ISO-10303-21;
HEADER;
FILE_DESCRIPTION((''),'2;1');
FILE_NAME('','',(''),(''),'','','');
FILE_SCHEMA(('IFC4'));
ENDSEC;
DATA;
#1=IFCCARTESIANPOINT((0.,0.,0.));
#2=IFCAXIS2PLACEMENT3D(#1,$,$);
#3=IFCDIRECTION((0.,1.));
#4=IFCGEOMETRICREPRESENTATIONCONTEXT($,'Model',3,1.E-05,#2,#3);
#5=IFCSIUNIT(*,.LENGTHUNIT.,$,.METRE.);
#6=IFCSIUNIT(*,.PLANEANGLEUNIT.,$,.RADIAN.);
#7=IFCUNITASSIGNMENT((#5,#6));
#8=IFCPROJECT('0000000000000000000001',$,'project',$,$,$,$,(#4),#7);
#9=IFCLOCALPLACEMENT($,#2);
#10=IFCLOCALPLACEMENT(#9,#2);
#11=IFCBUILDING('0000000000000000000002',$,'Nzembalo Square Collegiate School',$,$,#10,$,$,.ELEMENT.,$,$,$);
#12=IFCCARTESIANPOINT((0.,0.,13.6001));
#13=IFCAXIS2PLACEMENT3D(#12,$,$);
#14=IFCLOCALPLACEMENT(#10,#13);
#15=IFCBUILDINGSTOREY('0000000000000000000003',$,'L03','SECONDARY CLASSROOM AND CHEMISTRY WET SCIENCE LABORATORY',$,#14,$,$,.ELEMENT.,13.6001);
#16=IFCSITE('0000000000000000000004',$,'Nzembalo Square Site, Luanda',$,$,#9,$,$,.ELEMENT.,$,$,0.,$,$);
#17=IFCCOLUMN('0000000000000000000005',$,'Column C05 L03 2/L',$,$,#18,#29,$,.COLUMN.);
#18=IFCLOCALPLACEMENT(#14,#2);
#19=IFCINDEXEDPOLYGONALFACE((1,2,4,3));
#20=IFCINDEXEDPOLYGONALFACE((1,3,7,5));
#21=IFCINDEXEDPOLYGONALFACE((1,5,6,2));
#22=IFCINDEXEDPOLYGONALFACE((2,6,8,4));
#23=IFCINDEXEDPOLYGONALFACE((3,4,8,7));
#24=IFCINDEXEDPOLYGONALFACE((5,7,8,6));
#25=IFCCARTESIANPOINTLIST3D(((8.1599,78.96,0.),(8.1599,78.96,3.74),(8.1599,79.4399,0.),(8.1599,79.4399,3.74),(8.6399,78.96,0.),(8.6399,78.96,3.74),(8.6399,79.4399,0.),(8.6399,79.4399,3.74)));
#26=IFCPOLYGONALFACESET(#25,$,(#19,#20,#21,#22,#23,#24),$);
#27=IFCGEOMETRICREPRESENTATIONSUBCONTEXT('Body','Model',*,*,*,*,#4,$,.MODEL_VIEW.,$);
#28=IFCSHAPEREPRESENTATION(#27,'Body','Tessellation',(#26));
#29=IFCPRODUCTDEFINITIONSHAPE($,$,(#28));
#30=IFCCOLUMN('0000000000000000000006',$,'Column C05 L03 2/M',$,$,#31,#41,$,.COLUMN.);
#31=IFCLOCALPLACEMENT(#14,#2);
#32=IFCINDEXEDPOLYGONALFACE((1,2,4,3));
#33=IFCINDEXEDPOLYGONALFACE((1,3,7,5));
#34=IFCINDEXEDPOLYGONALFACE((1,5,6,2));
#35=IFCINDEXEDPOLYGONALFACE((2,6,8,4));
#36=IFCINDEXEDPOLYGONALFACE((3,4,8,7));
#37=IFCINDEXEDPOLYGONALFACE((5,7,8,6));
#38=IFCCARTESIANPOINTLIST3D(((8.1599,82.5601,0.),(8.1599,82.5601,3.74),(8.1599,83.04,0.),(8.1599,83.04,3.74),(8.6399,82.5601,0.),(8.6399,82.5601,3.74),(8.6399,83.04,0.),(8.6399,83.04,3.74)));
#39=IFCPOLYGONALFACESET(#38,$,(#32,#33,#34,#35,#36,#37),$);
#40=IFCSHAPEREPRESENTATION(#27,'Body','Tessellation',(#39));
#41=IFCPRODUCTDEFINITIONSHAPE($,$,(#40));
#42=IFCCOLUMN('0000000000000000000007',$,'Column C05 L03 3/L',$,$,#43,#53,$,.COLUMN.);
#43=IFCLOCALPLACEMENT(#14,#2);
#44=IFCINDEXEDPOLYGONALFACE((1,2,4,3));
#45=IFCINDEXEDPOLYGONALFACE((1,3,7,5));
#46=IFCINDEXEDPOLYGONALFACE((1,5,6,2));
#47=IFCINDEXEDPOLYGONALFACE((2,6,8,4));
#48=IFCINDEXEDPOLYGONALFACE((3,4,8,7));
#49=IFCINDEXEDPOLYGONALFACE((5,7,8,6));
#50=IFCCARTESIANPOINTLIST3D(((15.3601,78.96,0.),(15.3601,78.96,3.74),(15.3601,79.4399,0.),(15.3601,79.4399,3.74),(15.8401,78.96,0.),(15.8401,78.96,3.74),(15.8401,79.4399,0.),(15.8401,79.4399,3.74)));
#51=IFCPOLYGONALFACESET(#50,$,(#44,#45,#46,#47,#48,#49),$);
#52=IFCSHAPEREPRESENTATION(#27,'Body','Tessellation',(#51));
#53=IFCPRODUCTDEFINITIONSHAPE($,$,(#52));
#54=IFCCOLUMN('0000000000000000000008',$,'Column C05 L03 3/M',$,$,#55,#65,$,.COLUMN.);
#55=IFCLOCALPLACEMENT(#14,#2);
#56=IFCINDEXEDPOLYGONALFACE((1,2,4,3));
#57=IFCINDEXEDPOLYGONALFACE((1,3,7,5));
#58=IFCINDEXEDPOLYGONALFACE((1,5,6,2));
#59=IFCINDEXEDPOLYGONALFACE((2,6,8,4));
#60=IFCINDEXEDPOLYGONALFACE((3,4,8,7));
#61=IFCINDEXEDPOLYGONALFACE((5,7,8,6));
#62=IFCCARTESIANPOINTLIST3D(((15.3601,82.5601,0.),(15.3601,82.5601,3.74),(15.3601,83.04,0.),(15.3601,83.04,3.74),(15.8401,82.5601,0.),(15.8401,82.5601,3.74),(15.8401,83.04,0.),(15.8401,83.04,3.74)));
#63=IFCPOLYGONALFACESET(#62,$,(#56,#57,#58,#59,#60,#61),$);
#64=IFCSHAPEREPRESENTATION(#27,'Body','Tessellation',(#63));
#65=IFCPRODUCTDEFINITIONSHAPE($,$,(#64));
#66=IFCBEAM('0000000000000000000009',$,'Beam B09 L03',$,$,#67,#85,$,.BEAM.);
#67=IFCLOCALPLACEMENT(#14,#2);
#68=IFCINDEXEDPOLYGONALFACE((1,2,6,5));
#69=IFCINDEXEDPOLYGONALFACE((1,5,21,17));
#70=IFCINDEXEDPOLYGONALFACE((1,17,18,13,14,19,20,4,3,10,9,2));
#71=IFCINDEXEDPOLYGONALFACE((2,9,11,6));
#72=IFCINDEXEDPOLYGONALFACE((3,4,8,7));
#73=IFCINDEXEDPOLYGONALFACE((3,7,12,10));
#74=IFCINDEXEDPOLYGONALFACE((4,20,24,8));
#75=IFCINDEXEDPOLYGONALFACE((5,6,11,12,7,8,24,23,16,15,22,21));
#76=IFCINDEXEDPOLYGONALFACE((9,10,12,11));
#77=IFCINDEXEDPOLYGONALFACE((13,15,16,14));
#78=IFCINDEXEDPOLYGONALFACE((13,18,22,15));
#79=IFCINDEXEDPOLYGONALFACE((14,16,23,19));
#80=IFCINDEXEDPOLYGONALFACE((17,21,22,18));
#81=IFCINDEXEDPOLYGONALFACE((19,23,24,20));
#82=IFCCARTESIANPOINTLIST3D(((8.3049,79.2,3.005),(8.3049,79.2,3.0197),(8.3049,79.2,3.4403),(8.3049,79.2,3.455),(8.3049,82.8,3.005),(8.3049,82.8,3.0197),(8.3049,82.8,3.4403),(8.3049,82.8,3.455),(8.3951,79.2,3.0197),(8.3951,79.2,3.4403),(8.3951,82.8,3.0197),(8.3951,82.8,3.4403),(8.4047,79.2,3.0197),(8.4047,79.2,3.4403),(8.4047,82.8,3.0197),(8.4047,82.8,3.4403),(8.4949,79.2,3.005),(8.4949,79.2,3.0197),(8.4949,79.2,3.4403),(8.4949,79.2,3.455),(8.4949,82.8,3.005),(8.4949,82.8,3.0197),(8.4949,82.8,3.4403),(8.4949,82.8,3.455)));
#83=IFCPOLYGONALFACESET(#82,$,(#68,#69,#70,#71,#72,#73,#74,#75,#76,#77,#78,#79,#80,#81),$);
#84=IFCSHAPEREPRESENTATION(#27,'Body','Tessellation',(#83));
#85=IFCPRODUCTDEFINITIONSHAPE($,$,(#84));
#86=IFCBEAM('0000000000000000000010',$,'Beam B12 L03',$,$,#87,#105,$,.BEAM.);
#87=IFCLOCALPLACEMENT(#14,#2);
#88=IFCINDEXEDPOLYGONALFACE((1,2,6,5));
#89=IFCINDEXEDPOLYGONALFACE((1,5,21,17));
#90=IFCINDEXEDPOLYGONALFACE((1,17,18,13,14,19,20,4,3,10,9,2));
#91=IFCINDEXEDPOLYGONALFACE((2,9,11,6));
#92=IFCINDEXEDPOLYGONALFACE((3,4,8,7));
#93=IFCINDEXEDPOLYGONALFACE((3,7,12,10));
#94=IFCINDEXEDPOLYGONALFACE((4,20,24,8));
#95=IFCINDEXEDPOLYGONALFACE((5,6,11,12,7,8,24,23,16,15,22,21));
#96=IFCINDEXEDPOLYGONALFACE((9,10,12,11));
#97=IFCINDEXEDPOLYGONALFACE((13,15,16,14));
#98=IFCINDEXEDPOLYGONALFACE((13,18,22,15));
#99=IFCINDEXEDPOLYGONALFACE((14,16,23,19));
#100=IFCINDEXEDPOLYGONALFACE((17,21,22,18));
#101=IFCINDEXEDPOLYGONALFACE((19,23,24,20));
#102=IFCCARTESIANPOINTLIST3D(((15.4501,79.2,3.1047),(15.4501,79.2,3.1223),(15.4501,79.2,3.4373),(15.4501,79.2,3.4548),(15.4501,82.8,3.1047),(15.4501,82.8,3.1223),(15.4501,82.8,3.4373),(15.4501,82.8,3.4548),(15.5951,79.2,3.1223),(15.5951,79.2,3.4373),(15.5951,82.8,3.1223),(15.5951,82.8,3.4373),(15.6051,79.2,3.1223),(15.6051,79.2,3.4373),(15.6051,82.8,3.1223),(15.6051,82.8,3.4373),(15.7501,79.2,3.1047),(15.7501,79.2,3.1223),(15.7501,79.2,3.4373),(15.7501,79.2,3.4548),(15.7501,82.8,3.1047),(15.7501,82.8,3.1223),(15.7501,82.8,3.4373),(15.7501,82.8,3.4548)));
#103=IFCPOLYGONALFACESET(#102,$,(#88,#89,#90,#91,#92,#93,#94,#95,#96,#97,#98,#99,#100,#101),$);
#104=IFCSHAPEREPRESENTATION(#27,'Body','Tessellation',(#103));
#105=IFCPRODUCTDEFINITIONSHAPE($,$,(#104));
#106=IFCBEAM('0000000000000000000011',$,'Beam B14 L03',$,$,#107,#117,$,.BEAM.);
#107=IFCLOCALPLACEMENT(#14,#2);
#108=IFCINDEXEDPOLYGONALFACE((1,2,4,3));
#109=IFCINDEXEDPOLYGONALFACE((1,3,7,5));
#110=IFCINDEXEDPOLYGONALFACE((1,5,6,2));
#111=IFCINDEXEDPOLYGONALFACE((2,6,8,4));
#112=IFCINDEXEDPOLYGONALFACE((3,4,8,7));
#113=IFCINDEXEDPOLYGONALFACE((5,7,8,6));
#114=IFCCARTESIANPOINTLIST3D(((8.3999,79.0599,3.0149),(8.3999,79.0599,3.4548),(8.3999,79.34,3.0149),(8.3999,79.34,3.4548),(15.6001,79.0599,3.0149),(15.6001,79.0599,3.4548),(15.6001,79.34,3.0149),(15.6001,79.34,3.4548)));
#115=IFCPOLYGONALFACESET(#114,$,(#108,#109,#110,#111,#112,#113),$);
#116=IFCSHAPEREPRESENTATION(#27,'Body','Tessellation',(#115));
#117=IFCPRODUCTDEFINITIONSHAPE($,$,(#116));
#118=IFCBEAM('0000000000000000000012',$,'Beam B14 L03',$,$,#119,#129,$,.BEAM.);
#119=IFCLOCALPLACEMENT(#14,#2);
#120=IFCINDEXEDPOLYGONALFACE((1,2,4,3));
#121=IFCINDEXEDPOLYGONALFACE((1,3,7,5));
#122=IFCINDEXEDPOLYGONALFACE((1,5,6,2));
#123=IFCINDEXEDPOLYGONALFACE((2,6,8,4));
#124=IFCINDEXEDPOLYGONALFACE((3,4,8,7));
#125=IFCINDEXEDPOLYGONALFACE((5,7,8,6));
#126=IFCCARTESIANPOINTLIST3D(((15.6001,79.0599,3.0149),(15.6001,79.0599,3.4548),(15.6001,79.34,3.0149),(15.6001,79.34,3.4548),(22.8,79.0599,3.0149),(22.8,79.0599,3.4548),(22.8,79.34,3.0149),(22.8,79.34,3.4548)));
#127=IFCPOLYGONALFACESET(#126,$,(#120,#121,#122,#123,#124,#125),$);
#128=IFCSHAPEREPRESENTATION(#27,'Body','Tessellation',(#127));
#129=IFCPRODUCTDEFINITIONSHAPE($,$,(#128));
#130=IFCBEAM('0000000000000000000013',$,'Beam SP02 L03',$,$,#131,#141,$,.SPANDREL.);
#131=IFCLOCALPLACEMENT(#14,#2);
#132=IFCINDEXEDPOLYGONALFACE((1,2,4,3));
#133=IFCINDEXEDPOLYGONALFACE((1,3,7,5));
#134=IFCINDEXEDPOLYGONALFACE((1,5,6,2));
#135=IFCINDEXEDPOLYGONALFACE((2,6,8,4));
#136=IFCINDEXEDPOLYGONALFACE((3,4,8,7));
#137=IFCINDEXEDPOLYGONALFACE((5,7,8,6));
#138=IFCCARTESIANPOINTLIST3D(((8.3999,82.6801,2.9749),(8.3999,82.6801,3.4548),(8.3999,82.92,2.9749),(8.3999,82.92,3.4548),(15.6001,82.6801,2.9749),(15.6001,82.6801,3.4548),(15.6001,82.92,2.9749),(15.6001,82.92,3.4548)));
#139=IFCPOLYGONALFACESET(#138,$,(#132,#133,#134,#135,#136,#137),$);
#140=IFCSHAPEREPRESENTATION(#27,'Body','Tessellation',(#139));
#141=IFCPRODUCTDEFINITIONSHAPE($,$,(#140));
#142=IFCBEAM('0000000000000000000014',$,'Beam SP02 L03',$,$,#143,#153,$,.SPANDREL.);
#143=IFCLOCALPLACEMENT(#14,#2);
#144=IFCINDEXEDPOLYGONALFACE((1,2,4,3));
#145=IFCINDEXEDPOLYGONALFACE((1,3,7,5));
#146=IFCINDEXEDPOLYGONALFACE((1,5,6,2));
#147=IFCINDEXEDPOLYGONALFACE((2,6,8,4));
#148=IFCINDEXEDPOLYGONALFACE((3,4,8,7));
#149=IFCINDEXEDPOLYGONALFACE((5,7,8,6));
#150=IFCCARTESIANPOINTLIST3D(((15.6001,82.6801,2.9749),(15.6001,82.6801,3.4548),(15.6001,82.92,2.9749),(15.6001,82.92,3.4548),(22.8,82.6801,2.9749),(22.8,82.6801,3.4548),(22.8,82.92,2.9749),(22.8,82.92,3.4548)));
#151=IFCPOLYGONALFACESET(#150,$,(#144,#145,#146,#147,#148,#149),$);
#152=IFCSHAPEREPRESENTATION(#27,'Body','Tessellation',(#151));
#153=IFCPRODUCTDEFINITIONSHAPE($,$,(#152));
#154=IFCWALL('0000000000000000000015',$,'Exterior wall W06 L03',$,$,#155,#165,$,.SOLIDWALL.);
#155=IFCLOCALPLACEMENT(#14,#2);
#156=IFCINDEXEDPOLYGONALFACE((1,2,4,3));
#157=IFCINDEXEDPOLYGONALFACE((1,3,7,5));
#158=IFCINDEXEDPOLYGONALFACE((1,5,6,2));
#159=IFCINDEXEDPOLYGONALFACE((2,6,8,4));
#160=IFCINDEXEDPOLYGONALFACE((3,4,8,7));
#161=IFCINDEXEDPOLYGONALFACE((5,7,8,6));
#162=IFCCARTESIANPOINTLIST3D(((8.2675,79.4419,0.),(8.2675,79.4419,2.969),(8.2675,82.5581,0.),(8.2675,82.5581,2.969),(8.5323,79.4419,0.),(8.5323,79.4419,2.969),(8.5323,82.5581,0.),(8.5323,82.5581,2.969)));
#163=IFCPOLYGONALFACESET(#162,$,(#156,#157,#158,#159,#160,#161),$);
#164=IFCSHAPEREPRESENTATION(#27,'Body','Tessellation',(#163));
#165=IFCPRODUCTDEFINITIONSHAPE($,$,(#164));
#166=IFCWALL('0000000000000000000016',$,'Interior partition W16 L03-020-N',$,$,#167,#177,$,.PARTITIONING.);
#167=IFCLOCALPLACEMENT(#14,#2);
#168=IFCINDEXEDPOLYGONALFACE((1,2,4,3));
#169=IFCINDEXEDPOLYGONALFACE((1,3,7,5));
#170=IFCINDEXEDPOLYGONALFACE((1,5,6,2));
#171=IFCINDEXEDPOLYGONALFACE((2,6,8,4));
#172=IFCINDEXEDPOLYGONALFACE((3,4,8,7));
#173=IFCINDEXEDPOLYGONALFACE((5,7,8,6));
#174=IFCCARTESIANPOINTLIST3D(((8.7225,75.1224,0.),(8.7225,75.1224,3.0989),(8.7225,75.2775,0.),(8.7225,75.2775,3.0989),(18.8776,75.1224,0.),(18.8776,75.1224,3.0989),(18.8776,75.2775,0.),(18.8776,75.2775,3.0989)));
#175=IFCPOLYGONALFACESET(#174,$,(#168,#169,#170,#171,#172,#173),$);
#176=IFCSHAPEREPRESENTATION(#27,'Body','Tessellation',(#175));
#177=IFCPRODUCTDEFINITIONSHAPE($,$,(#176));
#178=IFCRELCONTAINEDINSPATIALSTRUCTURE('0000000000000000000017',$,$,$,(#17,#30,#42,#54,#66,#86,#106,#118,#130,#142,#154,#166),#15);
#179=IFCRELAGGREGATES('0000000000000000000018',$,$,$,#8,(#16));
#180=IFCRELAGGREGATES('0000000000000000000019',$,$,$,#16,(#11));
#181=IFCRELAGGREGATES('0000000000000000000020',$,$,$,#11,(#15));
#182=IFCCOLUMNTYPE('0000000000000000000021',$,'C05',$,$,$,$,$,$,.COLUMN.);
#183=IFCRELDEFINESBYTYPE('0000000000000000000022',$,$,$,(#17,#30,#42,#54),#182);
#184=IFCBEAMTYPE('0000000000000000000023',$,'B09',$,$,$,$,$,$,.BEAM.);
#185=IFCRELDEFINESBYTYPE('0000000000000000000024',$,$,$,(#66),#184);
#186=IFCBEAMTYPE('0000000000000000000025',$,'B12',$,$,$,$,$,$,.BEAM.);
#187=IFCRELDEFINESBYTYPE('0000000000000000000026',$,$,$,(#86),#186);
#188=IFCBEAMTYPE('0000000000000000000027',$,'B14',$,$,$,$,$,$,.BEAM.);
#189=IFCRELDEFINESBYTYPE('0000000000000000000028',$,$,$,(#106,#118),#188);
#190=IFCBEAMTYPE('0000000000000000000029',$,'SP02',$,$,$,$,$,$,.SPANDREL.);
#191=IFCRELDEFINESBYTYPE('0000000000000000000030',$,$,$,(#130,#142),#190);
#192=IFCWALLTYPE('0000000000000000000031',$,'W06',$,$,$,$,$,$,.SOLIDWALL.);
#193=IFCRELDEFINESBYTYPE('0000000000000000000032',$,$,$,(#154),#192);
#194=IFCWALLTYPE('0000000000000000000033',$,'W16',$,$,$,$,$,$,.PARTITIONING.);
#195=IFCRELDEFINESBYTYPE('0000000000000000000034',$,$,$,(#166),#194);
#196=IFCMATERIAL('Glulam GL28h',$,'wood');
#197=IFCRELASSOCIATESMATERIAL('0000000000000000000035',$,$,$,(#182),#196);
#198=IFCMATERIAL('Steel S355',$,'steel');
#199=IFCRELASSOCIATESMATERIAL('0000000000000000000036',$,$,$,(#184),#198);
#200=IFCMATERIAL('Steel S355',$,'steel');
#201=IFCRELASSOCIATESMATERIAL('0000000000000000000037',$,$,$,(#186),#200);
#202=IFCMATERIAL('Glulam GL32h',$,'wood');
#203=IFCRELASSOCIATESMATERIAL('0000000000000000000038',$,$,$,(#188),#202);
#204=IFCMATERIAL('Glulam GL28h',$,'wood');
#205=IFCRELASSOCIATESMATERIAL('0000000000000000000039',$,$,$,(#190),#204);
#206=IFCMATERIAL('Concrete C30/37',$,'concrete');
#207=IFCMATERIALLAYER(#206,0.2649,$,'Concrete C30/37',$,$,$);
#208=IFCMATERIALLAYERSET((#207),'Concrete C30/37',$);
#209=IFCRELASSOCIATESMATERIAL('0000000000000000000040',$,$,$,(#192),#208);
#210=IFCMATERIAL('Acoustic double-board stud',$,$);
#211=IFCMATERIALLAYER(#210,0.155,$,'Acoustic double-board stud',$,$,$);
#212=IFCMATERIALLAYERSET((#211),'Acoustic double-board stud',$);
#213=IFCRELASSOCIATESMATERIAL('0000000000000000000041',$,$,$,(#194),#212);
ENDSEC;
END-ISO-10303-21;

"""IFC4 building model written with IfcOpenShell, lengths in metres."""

from ifc_helpers import new_model, si_unit, direction, frame, frame_2d, origin, origin_2d, place, context, subcontext, project, spatial, rectangle, i_section, extrude, material, layer, layer_set, material_profile, profile_set, type_object, element, save


model = new_model("IFC4")

# Units and contexts
model_context = context("Model", 3, precision=1e-05, world=origin(), true_north=direction((0.0, 1.0)))
body_context = subcontext(model_context, "Body", "Model", "MODEL_VIEW")
ifc_project = project(units=[si_unit("LENGTHUNIT", "METRE"), si_unit("PLANEANGLEUNIT", "RADIAN")], contexts=[model_context])

# Site, building, storey
site_placement = place(None, origin())
site = spatial("IfcSite", under=ifc_project, at=site_placement, Name="Nzembalo Square Site, Luanda", CompositionType="ELEMENT", RefElevation=0.0)
building_placement = place(site_placement, origin())
building = spatial("IfcBuilding", under=site, at=building_placement, Name="Nzembalo Square Collegiate School", CompositionType="ELEMENT")
storey_placement = place(building_placement, frame((0.0, 0.0, 13.6001)))
storey = spatial("IfcBuildingStorey", under=building, at=storey_placement, Name="L03", Description="SECONDARY CLASSROOM AND CHEMISTRY WET SCIENCE LABORATORY", CompositionType="ELEMENT", Elevation=13.6001)

# Columns
ifc_material_1 = material(Name="Glulam GL28h", Category="wood")
ifc_material_profile_1 = material_profile(ifc_material_1, rectangle(XDim=0.48, YDim=0.48, at=origin_2d()), Name="GL28h 480x480")
ifc_profile_set_1 = profile_set([ifc_material_profile_1], Name="Glulam GL28h")
column_type = type_object("IfcColumnType", Name="C05", PredefinedType="COLUMN", material=ifc_profile_set_1)
for number, where, z_axis, x_axis, name in (
    (1, (8.3999, 79.2, 0.0), (0.0, 0.0, 1.0), (1.0, 0.0, 0.0), "Column C05 L03 2/L"),
    (2, (8.3999, 82.8, 0.0), (0.0, 0.0, 1.0), (1.0, 0.0, 0.0), "Column C05 L03 2/M"),
    (3, (15.6001, 79.2, 0.0), (0.0, 0.0, 1.0), (1.0, 0.0, 0.0), "Column C05 L03 3/L"),
    (4, (15.6001, 82.8, 0.0), (0.0, 0.0, 1.0), (1.0, 0.0, 0.0), "Column C05 L03 3/M"),
):
    element("IfcColumn", number, at=place(storey_placement, frame(where, z_axis=z_axis, x_axis=x_axis)), inside=storey, type_object=column_type, Name=name, PredefinedType="COLUMN", context=body_context, shape_type="SweptSolid", body=[
        extrude(rectangle(XDim=0.48, YDim=0.48, at=origin_2d()), origin(), (0.0, 0.0, 1.0), 3.74),
    ])

# Beams
ifc_material_2 = material(Name="Steel S355", Category="steel")
ifc_material_profile_2 = material_profile(ifc_material_2, i_section(OverallWidth=0.1899, OverallDepth=0.45, WebThickness=0.0095, FlangeThickness=0.0146, at=origin_2d()), Name="IPE 450")
ifc_profile_set_2 = profile_set([ifc_material_profile_2], Name="Steel S355")
beam_type_1 = type_object("IfcBeamType", Name="B09", PredefinedType="BEAM", material=ifc_profile_set_2)
beam_1_placement = place(storey_placement, frame((8.3999, 79.2, 3.23), z_axis=(0.0, 1.0, 0.0), x_axis=(-1.0, 0.0, 0.0)))
element("IfcBeam", 5, at=beam_1_placement, inside=storey, type_object=beam_type_1, Name="Beam B09 L03", PredefinedType="BEAM", context=body_context, shape_type="SweptSolid", body=[
    extrude(i_section(OverallWidth=0.1899, OverallDepth=0.45, WebThickness=0.0095, FlangeThickness=0.0146, at=origin_2d()), origin(), (0.0, 0.0, 1.0), 3.6001),
])
ifc_material_3 = material(Name="Steel S355", Category="steel")
ifc_material_profile_3 = material_profile(ifc_material_3, i_section(OverallWidth=0.3, OverallDepth=0.3501, WebThickness=0.01, FlangeThickness=0.0176, at=origin_2d()), Name="HEA 360")
ifc_profile_set_3 = profile_set([ifc_material_profile_3], Name="Steel S355")
beam_type_2 = type_object("IfcBeamType", Name="B12", PredefinedType="BEAM", material=ifc_profile_set_3)
beam_2_placement = place(storey_placement, frame((15.6001, 79.2, 3.2798), z_axis=(0.0, 1.0, 0.0), x_axis=(-1.0, 0.0, 0.0)))
element("IfcBeam", 6, at=beam_2_placement, inside=storey, type_object=beam_type_2, Name="Beam B12 L03", PredefinedType="BEAM", context=body_context, shape_type="SweptSolid", body=[
    extrude(i_section(OverallWidth=0.3, OverallDepth=0.3501, WebThickness=0.01, FlangeThickness=0.0176, at=origin_2d()), origin(), (0.0, 0.0, 1.0), 3.6001),
])
ifc_material_4 = material(Name="Glulam GL32h", Category="wood")
ifc_material_profile_4 = material_profile(ifc_material_4, rectangle(XDim=0.28, YDim=0.4399, at=origin_2d()), Name="GL32h 280x440")
ifc_profile_set_4 = profile_set([ifc_material_profile_4], Name="Glulam GL32h")
beam_type_3 = type_object("IfcBeamType", Name="B14", PredefinedType="BEAM", material=ifc_profile_set_4)
beam_3_placement = place(storey_placement, frame((8.3999, 79.2, 3.2349), z_axis=(1.0, 0.0, 0.0), x_axis=(0.0, 1.0, 0.0)))
element("IfcBeam", 7, at=beam_3_placement, inside=storey, type_object=beam_type_3, Name="Beam B14 L03", PredefinedType="BEAM", context=body_context, shape_type="SweptSolid", body=[
    extrude(rectangle(XDim=0.28, YDim=0.4399, at=origin_2d()), origin(), (0.0, 0.0, 1.0), 7.2002),
])
beam_4_placement = place(storey_placement, frame((15.6001, 79.2, 3.2349), z_axis=(1.0, 0.0, 0.0), x_axis=(0.0, 1.0, 0.0)))
element("IfcBeam", 8, at=beam_4_placement, inside=storey, type_object=beam_type_3, Name="Beam B14 L03", PredefinedType="BEAM", context=body_context, shape_type="SweptSolid", body=[
    extrude(rectangle(XDim=0.28, YDim=0.4399, at=origin_2d()), origin(), (0.0, 0.0, 1.0), 7.2),
])
ifc_material_5 = material(Name="Glulam GL28h", Category="wood")
ifc_material_profile_5 = material_profile(ifc_material_5, rectangle(XDim=0.24, YDim=0.48, at=origin_2d()), Name="GL28h 240x480")
ifc_profile_set_5 = profile_set([ifc_material_profile_5], Name="Glulam GL28h")
beam_type_4 = type_object("IfcBeamType", Name="SP02", PredefinedType="SPANDREL", material=ifc_profile_set_5)
beam_5_placement = place(storey_placement, frame((8.3999, 82.8, 3.2148), z_axis=(1.0, 0.0, 0.0), x_axis=(0.0, 1.0, 0.0)))
element("IfcBeam", 9, at=beam_5_placement, inside=storey, type_object=beam_type_4, Name="Beam SP02 L03", PredefinedType="SPANDREL", context=body_context, shape_type="SweptSolid", body=[
    extrude(rectangle(XDim=0.24, YDim=0.48, at=origin_2d()), origin(), (0.0, 0.0, 1.0), 7.2002),
])
beam_6_placement = place(storey_placement, frame((15.6001, 82.8, 3.2148), z_axis=(1.0, 0.0, 0.0), x_axis=(0.0, 1.0, 0.0)))
element("IfcBeam", 10, at=beam_6_placement, inside=storey, type_object=beam_type_4, Name="Beam SP02 L03", PredefinedType="SPANDREL", context=body_context, shape_type="SweptSolid", body=[
    extrude(rectangle(XDim=0.24, YDim=0.48, at=origin_2d()), origin(), (0.0, 0.0, 1.0), 7.2),
])

# Walls
ifc_material_6 = material(Name="Concrete C30/37", Category="concrete")
ifc_layer_1 = layer(ifc_material_6, 0.2649, Name="Concrete C30/37")
ifc_layer_set_1 = layer_set([ifc_layer_1], Name="Concrete C30/37")
wall_type_1 = type_object("IfcWallType", Name="W06", PredefinedType="SOLIDWALL", material=ifc_layer_set_1)
wall_1_placement = place(storey_placement, frame((8.3999, 79.4419, 0.0), z_axis=(0.0, 0.0, 1.0), x_axis=(0.0, 1.0, 0.0)))
element("IfcWall", 11, at=wall_1_placement, inside=storey, type_object=wall_type_1, Name="Exterior wall W06 L03", PredefinedType="SOLIDWALL", context=body_context, shape_type="SweptSolid", body=[
    extrude(rectangle(XDim=3.1162, YDim=0.2649, at=frame_2d((1.5581, 0.0))), origin(), (0.0, 0.0, 1.0), 2.969),
])
ifc_material_7 = material(Name="Acoustic double-board stud")
ifc_layer_2 = layer(ifc_material_7, 0.155, Name="Acoustic double-board stud")
ifc_layer_set_2 = layer_set([ifc_layer_2], Name="Acoustic double-board stud")
wall_type_2 = type_object("IfcWallType", Name="W16", PredefinedType="PARTITIONING", material=ifc_layer_set_2)
wall_2_placement = place(storey_placement, frame((8.7224, 75.2, 0.0), z_axis=(0.0, 0.0, 1.0), x_axis=(1.0, 0.0, 0.0)))
element("IfcWall", 12, at=wall_2_placement, inside=storey, type_object=wall_type_2, Name="Interior partition W16 L03-020-N", PredefinedType="PARTITIONING", context=body_context, shape_type="SweptSolid", body=[
    extrude(rectangle(XDim=10.155, YDim=0.155, at=frame_2d((5.0776, 0.0))), origin(), (0.0, 0.0, 1.0), 3.0989),
])

save(model, "model.ifc")
